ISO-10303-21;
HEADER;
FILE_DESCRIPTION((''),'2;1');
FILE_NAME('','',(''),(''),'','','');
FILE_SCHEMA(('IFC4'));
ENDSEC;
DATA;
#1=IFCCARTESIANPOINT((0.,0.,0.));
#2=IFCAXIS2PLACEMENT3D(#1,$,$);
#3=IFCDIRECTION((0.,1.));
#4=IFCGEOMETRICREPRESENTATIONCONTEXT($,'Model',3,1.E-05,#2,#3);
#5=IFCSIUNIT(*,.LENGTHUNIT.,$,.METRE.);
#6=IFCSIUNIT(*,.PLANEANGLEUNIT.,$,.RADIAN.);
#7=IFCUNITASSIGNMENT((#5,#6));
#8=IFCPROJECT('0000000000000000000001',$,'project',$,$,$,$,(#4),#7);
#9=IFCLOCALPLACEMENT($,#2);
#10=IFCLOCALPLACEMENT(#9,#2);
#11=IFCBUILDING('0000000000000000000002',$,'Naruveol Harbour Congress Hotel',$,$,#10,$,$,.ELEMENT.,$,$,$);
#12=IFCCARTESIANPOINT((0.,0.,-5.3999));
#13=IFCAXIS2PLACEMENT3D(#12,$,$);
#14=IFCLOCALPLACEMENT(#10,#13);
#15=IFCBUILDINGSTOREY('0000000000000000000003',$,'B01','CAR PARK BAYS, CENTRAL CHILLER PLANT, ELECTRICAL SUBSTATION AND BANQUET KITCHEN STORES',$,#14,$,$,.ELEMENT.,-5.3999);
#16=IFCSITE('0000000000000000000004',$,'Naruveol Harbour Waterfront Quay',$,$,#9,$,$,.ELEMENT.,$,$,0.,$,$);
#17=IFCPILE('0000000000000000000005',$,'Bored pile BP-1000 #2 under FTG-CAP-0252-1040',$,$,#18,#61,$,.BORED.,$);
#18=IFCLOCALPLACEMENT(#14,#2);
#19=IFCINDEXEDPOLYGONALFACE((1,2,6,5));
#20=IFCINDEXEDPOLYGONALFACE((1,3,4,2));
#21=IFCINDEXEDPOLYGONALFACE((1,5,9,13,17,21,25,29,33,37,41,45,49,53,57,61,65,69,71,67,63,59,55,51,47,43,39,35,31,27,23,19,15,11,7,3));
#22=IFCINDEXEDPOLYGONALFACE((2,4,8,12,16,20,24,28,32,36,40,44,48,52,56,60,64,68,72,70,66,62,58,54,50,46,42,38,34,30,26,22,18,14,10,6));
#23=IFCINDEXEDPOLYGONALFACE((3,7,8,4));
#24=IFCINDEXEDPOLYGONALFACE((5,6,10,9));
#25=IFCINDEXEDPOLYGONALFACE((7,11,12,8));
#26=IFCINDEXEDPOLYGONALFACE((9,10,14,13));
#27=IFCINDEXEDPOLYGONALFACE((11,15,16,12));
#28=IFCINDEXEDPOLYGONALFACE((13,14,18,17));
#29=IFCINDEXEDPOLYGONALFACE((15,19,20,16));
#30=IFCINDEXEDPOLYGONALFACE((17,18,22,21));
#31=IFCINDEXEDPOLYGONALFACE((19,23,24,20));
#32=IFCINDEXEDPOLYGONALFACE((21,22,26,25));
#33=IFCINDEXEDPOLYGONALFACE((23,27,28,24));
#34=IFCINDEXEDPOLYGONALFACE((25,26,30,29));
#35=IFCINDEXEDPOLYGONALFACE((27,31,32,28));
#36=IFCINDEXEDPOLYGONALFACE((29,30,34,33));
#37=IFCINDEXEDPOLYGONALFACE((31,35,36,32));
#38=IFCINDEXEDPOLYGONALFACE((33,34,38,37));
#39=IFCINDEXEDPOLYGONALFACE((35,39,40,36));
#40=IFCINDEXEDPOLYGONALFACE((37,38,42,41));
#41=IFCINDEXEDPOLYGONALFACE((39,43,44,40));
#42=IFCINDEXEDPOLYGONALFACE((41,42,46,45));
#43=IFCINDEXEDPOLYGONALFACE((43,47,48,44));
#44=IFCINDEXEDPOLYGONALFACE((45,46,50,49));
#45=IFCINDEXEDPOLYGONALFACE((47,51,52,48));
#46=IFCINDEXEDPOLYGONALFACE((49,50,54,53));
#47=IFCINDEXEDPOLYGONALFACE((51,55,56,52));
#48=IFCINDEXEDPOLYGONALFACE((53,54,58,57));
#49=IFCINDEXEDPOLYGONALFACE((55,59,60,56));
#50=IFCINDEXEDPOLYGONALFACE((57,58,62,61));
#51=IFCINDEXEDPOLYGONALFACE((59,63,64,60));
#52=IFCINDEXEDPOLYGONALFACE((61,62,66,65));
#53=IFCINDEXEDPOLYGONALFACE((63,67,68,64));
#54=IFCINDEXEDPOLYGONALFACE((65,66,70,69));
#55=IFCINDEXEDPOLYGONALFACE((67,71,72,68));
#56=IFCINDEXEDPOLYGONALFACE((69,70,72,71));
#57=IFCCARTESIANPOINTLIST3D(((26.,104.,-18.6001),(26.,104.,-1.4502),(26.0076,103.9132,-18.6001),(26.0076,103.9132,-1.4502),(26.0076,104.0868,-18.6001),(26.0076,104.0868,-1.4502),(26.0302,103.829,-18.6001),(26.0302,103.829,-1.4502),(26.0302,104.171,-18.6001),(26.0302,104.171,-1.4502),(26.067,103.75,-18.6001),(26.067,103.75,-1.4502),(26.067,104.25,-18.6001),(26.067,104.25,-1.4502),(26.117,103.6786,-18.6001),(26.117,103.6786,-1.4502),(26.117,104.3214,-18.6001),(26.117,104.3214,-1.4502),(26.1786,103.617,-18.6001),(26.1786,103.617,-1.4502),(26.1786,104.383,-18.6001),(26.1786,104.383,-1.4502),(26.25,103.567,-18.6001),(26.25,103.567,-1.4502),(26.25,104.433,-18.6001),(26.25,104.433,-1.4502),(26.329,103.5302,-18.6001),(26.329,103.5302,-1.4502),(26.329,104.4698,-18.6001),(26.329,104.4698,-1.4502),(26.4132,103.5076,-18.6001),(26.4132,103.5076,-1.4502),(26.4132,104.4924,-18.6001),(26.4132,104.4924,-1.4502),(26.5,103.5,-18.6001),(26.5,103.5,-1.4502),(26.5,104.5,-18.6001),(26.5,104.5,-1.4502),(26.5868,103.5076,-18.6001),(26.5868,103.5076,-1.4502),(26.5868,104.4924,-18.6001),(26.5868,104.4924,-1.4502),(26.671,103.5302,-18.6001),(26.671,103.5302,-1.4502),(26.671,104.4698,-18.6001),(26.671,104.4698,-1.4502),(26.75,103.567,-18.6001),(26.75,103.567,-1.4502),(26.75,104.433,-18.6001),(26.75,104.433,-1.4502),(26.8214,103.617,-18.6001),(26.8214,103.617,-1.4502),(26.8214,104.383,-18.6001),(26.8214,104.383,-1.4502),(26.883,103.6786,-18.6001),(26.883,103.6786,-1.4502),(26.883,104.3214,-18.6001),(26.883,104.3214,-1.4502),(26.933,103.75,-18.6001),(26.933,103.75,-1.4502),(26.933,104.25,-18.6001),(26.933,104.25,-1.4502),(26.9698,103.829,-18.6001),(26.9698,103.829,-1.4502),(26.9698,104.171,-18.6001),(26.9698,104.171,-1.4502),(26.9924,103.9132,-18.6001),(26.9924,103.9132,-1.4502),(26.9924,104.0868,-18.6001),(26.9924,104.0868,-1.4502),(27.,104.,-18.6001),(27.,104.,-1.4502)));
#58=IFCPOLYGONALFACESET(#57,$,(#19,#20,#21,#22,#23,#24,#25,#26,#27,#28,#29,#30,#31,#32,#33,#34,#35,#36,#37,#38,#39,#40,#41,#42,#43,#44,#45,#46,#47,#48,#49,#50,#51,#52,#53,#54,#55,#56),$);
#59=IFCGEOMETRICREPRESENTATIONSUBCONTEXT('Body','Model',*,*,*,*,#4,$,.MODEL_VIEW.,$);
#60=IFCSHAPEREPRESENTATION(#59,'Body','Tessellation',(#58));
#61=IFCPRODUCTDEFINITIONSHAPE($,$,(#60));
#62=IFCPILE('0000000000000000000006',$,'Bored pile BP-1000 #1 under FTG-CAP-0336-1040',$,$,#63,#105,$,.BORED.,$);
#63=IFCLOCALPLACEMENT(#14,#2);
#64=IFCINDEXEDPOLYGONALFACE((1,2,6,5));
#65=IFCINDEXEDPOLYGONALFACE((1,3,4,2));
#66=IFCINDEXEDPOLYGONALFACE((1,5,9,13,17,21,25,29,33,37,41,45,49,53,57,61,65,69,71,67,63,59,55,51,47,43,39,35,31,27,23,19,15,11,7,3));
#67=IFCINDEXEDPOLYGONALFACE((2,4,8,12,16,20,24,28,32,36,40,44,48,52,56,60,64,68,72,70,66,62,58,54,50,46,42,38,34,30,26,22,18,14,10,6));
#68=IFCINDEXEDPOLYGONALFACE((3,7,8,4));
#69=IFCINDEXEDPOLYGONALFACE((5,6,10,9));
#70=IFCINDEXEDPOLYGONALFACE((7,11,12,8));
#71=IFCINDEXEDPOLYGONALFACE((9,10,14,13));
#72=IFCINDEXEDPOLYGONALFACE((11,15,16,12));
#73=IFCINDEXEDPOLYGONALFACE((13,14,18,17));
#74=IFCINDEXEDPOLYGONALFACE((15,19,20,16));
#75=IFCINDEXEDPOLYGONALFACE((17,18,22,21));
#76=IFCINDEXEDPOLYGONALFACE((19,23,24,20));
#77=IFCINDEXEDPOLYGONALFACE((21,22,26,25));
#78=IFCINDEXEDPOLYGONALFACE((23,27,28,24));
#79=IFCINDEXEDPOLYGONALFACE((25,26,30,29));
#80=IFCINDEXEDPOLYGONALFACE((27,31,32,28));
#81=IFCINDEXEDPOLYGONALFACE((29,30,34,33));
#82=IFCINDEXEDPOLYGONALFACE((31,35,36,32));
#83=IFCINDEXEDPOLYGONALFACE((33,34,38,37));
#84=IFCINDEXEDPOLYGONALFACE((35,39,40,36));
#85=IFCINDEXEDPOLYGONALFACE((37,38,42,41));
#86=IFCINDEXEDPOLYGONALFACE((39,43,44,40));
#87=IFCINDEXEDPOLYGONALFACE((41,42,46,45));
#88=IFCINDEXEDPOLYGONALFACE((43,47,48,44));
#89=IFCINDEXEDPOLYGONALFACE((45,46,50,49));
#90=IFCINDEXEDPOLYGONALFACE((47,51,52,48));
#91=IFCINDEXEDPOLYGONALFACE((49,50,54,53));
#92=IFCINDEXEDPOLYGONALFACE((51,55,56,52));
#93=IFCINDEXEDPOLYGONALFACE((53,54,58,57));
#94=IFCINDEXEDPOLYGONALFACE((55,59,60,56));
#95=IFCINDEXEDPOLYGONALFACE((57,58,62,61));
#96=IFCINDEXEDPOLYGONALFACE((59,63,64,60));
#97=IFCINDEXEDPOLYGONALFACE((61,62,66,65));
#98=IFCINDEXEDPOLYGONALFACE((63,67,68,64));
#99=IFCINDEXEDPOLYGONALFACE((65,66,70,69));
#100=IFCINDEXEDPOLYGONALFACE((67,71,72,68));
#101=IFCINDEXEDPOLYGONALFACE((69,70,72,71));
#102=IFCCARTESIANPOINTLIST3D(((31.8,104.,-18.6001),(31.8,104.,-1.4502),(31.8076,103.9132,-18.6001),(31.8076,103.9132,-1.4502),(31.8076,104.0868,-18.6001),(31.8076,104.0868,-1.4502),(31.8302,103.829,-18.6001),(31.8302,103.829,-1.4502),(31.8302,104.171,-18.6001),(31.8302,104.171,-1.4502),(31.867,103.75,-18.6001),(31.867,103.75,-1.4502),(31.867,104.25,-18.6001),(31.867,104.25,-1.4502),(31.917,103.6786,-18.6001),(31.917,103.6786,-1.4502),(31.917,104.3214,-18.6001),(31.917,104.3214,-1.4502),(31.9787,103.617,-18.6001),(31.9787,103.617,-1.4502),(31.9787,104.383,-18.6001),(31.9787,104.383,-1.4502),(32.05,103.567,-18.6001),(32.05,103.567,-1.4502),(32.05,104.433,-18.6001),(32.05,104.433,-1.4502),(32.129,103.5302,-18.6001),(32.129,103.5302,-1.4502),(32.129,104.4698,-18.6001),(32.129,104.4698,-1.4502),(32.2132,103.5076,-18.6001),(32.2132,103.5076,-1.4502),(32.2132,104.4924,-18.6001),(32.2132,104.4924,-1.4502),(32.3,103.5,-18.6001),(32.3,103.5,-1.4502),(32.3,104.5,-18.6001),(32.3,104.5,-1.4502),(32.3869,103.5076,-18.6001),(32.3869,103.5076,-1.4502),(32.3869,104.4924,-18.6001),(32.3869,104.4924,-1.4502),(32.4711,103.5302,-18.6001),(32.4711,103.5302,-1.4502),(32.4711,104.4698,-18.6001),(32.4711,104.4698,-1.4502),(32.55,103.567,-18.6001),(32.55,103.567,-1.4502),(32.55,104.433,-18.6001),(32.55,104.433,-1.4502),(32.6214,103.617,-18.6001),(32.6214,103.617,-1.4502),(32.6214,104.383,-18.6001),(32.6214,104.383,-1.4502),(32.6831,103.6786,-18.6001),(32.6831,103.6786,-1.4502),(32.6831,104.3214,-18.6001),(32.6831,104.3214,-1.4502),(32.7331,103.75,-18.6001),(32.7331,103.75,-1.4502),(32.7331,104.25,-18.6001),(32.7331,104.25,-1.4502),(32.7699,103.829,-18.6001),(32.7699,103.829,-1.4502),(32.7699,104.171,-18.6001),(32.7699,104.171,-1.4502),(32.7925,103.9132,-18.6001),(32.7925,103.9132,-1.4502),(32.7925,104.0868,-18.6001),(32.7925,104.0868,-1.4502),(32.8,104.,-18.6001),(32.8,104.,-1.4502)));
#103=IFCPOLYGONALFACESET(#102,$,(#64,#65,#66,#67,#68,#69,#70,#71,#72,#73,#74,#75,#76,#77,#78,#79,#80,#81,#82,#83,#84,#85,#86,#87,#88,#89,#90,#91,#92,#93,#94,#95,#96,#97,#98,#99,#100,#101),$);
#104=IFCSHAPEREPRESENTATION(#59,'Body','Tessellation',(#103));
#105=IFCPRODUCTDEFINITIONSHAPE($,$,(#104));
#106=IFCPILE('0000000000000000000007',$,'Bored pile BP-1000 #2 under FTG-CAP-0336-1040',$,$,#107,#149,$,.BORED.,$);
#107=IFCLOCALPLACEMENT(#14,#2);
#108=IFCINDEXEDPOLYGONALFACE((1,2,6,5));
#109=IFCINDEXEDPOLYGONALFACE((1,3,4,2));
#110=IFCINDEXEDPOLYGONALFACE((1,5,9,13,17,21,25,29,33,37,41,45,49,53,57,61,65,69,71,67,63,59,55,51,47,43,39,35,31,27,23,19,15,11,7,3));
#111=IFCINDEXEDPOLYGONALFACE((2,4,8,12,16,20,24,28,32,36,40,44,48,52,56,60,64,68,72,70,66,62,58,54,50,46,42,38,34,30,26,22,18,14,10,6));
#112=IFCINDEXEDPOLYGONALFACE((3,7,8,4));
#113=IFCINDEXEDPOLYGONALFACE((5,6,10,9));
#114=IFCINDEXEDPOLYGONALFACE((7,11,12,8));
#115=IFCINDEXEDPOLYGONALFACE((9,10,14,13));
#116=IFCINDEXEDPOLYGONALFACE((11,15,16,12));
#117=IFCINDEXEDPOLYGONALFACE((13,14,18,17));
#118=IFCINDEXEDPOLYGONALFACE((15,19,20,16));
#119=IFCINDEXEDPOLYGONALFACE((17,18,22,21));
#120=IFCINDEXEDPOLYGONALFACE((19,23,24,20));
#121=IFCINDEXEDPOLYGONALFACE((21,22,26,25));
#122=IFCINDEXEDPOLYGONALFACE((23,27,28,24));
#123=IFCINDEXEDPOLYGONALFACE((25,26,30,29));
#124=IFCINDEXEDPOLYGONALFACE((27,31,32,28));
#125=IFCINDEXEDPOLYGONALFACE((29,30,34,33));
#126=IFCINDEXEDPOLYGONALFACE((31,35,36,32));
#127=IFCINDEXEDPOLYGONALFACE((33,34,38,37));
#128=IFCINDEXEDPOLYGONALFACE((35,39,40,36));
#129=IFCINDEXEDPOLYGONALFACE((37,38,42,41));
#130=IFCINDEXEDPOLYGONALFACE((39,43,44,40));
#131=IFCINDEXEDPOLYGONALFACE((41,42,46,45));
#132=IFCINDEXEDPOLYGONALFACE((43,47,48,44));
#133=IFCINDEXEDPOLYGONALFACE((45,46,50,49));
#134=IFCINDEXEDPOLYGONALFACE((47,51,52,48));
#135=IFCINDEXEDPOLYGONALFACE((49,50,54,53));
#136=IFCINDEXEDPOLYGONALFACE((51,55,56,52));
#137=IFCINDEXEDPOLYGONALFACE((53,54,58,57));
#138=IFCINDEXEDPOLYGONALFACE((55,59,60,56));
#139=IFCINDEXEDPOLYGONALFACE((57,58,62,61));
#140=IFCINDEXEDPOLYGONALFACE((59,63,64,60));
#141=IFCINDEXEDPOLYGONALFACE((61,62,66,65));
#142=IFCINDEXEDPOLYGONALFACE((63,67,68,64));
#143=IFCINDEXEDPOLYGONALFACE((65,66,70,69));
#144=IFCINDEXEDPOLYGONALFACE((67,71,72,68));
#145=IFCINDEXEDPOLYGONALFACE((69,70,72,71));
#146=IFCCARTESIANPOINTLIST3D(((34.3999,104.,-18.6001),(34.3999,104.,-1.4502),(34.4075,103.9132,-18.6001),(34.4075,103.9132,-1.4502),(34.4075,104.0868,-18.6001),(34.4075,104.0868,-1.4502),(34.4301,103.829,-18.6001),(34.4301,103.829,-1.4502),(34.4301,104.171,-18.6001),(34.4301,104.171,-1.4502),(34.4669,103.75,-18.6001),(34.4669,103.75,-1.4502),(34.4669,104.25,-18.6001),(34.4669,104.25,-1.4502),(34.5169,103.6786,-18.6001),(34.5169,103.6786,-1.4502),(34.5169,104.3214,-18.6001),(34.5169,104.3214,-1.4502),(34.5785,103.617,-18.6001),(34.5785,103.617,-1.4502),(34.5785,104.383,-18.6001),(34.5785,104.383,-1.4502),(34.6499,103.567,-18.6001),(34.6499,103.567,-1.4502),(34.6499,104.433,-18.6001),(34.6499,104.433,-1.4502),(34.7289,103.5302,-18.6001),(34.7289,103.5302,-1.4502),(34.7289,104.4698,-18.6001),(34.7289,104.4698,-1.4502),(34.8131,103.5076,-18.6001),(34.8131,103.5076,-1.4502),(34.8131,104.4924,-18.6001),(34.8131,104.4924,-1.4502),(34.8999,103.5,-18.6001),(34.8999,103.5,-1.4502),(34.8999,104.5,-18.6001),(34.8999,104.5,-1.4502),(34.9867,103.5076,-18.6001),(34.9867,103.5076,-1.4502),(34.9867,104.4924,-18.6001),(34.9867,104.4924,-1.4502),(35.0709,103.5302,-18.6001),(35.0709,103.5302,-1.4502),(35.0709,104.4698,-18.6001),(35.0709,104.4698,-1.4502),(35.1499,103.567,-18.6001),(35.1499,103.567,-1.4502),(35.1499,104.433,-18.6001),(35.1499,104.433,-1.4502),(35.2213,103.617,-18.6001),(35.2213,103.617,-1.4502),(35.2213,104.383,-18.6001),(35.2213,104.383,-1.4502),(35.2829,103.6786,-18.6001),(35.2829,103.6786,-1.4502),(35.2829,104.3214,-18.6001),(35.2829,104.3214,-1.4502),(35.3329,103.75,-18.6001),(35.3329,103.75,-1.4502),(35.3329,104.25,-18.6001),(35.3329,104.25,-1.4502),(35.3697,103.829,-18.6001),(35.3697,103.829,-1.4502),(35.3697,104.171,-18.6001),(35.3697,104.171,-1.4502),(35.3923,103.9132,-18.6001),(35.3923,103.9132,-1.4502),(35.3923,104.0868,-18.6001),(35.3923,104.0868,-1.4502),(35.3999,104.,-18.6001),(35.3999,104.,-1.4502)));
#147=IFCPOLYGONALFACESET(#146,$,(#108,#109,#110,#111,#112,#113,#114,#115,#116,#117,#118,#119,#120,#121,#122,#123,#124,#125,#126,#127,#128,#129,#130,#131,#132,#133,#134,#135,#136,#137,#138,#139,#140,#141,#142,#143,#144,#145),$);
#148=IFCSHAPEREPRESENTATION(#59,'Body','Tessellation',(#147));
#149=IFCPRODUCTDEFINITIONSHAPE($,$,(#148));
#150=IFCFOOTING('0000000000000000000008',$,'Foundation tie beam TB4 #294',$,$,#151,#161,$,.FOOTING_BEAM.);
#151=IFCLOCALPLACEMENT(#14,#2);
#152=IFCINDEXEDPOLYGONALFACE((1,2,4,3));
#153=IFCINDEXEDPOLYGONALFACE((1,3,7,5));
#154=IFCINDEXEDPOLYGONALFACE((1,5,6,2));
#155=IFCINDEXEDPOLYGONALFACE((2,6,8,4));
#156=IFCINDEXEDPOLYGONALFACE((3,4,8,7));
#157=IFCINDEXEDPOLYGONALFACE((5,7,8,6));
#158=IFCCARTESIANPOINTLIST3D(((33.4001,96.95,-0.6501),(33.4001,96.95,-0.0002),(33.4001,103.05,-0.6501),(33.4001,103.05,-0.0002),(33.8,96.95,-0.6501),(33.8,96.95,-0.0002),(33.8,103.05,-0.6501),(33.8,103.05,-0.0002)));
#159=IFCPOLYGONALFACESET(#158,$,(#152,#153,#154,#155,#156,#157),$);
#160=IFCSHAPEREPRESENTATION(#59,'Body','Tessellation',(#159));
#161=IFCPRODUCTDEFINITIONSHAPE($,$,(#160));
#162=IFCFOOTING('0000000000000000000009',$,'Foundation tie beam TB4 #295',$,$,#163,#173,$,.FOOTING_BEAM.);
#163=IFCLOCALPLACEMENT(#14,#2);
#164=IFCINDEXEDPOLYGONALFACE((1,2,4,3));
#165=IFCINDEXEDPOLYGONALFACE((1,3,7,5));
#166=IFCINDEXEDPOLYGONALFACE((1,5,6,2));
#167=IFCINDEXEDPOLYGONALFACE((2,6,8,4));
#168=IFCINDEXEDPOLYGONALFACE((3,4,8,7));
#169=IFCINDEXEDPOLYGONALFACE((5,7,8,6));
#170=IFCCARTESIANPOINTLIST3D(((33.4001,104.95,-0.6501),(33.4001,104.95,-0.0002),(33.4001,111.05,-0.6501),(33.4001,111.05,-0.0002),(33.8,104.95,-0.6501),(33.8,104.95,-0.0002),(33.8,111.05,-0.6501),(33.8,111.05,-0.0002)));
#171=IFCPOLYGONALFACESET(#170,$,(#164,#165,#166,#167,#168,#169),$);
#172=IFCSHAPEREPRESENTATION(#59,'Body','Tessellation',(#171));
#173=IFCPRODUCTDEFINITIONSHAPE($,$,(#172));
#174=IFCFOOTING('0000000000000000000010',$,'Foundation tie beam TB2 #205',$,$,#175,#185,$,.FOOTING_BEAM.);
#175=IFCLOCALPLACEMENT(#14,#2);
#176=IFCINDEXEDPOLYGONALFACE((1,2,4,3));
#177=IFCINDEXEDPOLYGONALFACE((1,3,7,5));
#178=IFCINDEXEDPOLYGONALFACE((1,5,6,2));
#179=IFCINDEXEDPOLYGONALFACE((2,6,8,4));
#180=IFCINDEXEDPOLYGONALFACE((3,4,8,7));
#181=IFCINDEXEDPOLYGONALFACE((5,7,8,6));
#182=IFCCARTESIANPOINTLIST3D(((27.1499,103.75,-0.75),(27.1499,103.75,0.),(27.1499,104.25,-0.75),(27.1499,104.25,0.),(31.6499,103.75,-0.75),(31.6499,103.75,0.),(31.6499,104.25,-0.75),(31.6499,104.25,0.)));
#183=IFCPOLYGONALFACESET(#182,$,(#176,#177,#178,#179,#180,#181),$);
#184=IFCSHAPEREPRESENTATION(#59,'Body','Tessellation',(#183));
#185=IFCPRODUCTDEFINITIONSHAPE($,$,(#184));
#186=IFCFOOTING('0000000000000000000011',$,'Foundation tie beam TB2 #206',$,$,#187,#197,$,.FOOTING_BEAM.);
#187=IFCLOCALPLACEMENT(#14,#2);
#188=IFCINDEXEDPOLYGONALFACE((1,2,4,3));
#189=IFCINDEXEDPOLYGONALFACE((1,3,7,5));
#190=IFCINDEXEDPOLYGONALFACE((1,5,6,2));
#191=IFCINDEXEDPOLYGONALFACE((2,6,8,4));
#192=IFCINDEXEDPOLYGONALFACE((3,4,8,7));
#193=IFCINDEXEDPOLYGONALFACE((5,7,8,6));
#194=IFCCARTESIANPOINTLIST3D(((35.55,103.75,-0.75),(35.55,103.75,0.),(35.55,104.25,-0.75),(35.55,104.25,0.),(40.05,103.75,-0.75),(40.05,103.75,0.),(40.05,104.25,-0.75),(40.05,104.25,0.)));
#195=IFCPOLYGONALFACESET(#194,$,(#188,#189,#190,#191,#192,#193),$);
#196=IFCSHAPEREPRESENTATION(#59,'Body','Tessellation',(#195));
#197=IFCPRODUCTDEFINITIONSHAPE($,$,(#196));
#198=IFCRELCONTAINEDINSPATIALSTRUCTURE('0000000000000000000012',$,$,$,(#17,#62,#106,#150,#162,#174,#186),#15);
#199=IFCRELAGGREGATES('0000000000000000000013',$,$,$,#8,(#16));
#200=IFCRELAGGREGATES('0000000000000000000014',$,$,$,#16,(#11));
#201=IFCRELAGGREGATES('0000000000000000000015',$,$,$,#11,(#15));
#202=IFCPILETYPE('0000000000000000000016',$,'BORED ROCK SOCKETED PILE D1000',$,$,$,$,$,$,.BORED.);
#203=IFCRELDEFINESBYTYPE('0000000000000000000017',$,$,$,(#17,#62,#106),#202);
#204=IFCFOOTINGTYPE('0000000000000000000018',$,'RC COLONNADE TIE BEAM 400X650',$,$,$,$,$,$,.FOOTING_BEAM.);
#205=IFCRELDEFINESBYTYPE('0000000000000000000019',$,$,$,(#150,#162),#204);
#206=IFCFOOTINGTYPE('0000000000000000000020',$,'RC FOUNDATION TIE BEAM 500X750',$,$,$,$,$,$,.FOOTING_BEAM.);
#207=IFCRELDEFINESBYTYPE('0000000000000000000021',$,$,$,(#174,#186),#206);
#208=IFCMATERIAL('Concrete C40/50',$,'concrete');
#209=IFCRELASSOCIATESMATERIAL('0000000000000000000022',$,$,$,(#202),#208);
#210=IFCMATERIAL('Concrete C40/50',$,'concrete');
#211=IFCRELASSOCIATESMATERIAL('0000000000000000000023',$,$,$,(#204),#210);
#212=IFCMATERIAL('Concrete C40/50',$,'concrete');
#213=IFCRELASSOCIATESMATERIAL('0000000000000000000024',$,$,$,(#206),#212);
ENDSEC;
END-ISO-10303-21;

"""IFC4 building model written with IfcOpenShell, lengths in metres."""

from ifc_helpers import new_model, si_unit, direction, frame, origin, origin_2d, place, context, subcontext, project, spatial, rectangle, circle, extrude, material, material_profile, profile_set, type_object, element, save


model = new_model("IFC4")

# Units and contexts
model_context = context("Model", 3, precision=1e-05, world=origin(), true_north=direction((0.0, 1.0)))
body_context = subcontext(model_context, "Body", "Model", "MODEL_VIEW")
ifc_project = project(units=[si_unit("LENGTHUNIT", "METRE"), si_unit("PLANEANGLEUNIT", "RADIAN")], contexts=[model_context])

# Site, building, storey
site_placement = place(None, origin())
site = spatial("IfcSite", under=ifc_project, at=site_placement, Name="Naruveol Harbour Waterfront Quay", CompositionType="ELEMENT", RefElevation=0.0)
building_placement = place(site_placement, origin())
building = spatial("IfcBuilding", under=site, at=building_placement, Name="Naruveol Harbour Congress Hotel", CompositionType="ELEMENT")
storey_placement = place(building_placement, frame((0.0, 0.0, -5.3999)))
storey = spatial("IfcBuildingStorey", under=building, at=storey_placement, Name="B01", Description="CAR PARK BAYS, CENTRAL CHILLER PLANT, ELECTRICAL SUBSTATION AND BANQUET KITCHEN STORES", CompositionType="ELEMENT", Elevation=-5.3999)

# Piles
ifc_material_1 = material(Name="Concrete C40/50", Category="concrete")
ifc_material_profile_1 = material_profile(ifc_material_1, circle(Radius=0.5, at=origin_2d()), Name="BP-1000")
ifc_profile_set_1 = profile_set([ifc_material_profile_1], Name="Concrete C40/50")
pile_type = type_object("IfcPileType", Name="BORED ROCK SOCKETED PILE D1000", PredefinedType="BORED", material=ifc_profile_set_1)
for number, where, z_axis, x_axis, name in (
    (1, (26.5, 104.0, -1.4502), (0.0, 0.0, -1.0), (1.0, 0.0, 0.0), "Bored pile BP-1000 #2 under FTG-CAP-0252-1040"),
    (2, (32.3, 104.0, -1.4502), (0.0, 0.0, -1.0), (1.0, 0.0, 0.0), "Bored pile BP-1000 #1 under FTG-CAP-0336-1040"),
    (3, (34.8999, 104.0, -1.4502), (0.0, 0.0, -1.0), (1.0, 0.0, 0.0), "Bored pile BP-1000 #2 under FTG-CAP-0336-1040"),
):
    element("IfcPile", number, at=place(storey_placement, frame(where, z_axis=z_axis, x_axis=x_axis)), inside=storey, type_object=pile_type, Name=name, PredefinedType="BORED", context=body_context, shape_type="SweptSolid", body=[
        extrude(circle(Radius=0.5, at=origin_2d()), origin(), (0.0, 0.0, 1.0), 17.1499),
    ])

# Footings
ifc_material_2 = material(Name="Concrete C40/50", Category="concrete")
ifc_material_profile_2 = material_profile(ifc_material_2, rectangle(XDim=0.3999, YDim=0.6499, at=origin_2d()), Name="RCB-400x650")
ifc_profile_set_2 = profile_set([ifc_material_profile_2], Name="Concrete C40/50")
footing_type_1 = type_object("IfcFootingType", Name="RC COLONNADE TIE BEAM 400X650", PredefinedType="FOOTING_BEAM", material=ifc_profile_set_2)
for number, where, z_axis, x_axis, name in (
    (4, (33.6001, 96.95, -0.3252), (0.0, 1.0, 0.0), (-1.0, 0.0, 0.0), "Foundation tie beam TB4 #294"),
    (5, (33.6001, 104.95, -0.3252), (0.0, 1.0, 0.0), (-1.0, 0.0, 0.0), "Foundation tie beam TB4 #295"),
):
    element("IfcFooting", number, at=place(storey_placement, frame(where, z_axis=z_axis, x_axis=x_axis)), inside=storey, type_object=footing_type_1, Name=name, PredefinedType="FOOTING_BEAM", context=body_context, shape_type="SweptSolid", body=[
        extrude(rectangle(XDim=0.3999, YDim=0.6499, at=origin_2d()), origin(), (0.0, 0.0, 1.0), 6.1001),
    ])
ifc_material_3 = material(Name="Concrete C40/50", Category="concrete")
ifc_material_profile_3 = material_profile(ifc_material_3, rectangle(XDim=0.5, YDim=0.75, at=origin_2d()), Name="RCB-500x750")
ifc_profile_set_3 = profile_set([ifc_material_profile_3], Name="Concrete C40/50")
footing_type_2 = type_object("IfcFootingType", Name="RC FOUNDATION TIE BEAM 500X750", PredefinedType="FOOTING_BEAM", material=ifc_profile_set_3)
for number, where, z_axis, x_axis, name in (
    (6, (27.1499, 104.0, -0.375), (1.0, 0.0, 0.0), (0.0, 1.0, 0.0), "Foundation tie beam TB2 #205"),
    (7, (35.55, 104.0, -0.375), (1.0, 0.0, 0.0), (0.0, 1.0, 0.0), "Foundation tie beam TB2 #206"),
):
    element("IfcFooting", number, at=place(storey_placement, frame(where, z_axis=z_axis, x_axis=x_axis)), inside=storey, type_object=footing_type_2, Name=name, PredefinedType="FOOTING_BEAM", context=body_context, shape_type="SweptSolid", body=[
        extrude(rectangle(XDim=0.5, YDim=0.75, at=origin_2d()), origin(), (0.0, 0.0, 1.0), 4.5),
    ])

save(model, "model.ifc")
